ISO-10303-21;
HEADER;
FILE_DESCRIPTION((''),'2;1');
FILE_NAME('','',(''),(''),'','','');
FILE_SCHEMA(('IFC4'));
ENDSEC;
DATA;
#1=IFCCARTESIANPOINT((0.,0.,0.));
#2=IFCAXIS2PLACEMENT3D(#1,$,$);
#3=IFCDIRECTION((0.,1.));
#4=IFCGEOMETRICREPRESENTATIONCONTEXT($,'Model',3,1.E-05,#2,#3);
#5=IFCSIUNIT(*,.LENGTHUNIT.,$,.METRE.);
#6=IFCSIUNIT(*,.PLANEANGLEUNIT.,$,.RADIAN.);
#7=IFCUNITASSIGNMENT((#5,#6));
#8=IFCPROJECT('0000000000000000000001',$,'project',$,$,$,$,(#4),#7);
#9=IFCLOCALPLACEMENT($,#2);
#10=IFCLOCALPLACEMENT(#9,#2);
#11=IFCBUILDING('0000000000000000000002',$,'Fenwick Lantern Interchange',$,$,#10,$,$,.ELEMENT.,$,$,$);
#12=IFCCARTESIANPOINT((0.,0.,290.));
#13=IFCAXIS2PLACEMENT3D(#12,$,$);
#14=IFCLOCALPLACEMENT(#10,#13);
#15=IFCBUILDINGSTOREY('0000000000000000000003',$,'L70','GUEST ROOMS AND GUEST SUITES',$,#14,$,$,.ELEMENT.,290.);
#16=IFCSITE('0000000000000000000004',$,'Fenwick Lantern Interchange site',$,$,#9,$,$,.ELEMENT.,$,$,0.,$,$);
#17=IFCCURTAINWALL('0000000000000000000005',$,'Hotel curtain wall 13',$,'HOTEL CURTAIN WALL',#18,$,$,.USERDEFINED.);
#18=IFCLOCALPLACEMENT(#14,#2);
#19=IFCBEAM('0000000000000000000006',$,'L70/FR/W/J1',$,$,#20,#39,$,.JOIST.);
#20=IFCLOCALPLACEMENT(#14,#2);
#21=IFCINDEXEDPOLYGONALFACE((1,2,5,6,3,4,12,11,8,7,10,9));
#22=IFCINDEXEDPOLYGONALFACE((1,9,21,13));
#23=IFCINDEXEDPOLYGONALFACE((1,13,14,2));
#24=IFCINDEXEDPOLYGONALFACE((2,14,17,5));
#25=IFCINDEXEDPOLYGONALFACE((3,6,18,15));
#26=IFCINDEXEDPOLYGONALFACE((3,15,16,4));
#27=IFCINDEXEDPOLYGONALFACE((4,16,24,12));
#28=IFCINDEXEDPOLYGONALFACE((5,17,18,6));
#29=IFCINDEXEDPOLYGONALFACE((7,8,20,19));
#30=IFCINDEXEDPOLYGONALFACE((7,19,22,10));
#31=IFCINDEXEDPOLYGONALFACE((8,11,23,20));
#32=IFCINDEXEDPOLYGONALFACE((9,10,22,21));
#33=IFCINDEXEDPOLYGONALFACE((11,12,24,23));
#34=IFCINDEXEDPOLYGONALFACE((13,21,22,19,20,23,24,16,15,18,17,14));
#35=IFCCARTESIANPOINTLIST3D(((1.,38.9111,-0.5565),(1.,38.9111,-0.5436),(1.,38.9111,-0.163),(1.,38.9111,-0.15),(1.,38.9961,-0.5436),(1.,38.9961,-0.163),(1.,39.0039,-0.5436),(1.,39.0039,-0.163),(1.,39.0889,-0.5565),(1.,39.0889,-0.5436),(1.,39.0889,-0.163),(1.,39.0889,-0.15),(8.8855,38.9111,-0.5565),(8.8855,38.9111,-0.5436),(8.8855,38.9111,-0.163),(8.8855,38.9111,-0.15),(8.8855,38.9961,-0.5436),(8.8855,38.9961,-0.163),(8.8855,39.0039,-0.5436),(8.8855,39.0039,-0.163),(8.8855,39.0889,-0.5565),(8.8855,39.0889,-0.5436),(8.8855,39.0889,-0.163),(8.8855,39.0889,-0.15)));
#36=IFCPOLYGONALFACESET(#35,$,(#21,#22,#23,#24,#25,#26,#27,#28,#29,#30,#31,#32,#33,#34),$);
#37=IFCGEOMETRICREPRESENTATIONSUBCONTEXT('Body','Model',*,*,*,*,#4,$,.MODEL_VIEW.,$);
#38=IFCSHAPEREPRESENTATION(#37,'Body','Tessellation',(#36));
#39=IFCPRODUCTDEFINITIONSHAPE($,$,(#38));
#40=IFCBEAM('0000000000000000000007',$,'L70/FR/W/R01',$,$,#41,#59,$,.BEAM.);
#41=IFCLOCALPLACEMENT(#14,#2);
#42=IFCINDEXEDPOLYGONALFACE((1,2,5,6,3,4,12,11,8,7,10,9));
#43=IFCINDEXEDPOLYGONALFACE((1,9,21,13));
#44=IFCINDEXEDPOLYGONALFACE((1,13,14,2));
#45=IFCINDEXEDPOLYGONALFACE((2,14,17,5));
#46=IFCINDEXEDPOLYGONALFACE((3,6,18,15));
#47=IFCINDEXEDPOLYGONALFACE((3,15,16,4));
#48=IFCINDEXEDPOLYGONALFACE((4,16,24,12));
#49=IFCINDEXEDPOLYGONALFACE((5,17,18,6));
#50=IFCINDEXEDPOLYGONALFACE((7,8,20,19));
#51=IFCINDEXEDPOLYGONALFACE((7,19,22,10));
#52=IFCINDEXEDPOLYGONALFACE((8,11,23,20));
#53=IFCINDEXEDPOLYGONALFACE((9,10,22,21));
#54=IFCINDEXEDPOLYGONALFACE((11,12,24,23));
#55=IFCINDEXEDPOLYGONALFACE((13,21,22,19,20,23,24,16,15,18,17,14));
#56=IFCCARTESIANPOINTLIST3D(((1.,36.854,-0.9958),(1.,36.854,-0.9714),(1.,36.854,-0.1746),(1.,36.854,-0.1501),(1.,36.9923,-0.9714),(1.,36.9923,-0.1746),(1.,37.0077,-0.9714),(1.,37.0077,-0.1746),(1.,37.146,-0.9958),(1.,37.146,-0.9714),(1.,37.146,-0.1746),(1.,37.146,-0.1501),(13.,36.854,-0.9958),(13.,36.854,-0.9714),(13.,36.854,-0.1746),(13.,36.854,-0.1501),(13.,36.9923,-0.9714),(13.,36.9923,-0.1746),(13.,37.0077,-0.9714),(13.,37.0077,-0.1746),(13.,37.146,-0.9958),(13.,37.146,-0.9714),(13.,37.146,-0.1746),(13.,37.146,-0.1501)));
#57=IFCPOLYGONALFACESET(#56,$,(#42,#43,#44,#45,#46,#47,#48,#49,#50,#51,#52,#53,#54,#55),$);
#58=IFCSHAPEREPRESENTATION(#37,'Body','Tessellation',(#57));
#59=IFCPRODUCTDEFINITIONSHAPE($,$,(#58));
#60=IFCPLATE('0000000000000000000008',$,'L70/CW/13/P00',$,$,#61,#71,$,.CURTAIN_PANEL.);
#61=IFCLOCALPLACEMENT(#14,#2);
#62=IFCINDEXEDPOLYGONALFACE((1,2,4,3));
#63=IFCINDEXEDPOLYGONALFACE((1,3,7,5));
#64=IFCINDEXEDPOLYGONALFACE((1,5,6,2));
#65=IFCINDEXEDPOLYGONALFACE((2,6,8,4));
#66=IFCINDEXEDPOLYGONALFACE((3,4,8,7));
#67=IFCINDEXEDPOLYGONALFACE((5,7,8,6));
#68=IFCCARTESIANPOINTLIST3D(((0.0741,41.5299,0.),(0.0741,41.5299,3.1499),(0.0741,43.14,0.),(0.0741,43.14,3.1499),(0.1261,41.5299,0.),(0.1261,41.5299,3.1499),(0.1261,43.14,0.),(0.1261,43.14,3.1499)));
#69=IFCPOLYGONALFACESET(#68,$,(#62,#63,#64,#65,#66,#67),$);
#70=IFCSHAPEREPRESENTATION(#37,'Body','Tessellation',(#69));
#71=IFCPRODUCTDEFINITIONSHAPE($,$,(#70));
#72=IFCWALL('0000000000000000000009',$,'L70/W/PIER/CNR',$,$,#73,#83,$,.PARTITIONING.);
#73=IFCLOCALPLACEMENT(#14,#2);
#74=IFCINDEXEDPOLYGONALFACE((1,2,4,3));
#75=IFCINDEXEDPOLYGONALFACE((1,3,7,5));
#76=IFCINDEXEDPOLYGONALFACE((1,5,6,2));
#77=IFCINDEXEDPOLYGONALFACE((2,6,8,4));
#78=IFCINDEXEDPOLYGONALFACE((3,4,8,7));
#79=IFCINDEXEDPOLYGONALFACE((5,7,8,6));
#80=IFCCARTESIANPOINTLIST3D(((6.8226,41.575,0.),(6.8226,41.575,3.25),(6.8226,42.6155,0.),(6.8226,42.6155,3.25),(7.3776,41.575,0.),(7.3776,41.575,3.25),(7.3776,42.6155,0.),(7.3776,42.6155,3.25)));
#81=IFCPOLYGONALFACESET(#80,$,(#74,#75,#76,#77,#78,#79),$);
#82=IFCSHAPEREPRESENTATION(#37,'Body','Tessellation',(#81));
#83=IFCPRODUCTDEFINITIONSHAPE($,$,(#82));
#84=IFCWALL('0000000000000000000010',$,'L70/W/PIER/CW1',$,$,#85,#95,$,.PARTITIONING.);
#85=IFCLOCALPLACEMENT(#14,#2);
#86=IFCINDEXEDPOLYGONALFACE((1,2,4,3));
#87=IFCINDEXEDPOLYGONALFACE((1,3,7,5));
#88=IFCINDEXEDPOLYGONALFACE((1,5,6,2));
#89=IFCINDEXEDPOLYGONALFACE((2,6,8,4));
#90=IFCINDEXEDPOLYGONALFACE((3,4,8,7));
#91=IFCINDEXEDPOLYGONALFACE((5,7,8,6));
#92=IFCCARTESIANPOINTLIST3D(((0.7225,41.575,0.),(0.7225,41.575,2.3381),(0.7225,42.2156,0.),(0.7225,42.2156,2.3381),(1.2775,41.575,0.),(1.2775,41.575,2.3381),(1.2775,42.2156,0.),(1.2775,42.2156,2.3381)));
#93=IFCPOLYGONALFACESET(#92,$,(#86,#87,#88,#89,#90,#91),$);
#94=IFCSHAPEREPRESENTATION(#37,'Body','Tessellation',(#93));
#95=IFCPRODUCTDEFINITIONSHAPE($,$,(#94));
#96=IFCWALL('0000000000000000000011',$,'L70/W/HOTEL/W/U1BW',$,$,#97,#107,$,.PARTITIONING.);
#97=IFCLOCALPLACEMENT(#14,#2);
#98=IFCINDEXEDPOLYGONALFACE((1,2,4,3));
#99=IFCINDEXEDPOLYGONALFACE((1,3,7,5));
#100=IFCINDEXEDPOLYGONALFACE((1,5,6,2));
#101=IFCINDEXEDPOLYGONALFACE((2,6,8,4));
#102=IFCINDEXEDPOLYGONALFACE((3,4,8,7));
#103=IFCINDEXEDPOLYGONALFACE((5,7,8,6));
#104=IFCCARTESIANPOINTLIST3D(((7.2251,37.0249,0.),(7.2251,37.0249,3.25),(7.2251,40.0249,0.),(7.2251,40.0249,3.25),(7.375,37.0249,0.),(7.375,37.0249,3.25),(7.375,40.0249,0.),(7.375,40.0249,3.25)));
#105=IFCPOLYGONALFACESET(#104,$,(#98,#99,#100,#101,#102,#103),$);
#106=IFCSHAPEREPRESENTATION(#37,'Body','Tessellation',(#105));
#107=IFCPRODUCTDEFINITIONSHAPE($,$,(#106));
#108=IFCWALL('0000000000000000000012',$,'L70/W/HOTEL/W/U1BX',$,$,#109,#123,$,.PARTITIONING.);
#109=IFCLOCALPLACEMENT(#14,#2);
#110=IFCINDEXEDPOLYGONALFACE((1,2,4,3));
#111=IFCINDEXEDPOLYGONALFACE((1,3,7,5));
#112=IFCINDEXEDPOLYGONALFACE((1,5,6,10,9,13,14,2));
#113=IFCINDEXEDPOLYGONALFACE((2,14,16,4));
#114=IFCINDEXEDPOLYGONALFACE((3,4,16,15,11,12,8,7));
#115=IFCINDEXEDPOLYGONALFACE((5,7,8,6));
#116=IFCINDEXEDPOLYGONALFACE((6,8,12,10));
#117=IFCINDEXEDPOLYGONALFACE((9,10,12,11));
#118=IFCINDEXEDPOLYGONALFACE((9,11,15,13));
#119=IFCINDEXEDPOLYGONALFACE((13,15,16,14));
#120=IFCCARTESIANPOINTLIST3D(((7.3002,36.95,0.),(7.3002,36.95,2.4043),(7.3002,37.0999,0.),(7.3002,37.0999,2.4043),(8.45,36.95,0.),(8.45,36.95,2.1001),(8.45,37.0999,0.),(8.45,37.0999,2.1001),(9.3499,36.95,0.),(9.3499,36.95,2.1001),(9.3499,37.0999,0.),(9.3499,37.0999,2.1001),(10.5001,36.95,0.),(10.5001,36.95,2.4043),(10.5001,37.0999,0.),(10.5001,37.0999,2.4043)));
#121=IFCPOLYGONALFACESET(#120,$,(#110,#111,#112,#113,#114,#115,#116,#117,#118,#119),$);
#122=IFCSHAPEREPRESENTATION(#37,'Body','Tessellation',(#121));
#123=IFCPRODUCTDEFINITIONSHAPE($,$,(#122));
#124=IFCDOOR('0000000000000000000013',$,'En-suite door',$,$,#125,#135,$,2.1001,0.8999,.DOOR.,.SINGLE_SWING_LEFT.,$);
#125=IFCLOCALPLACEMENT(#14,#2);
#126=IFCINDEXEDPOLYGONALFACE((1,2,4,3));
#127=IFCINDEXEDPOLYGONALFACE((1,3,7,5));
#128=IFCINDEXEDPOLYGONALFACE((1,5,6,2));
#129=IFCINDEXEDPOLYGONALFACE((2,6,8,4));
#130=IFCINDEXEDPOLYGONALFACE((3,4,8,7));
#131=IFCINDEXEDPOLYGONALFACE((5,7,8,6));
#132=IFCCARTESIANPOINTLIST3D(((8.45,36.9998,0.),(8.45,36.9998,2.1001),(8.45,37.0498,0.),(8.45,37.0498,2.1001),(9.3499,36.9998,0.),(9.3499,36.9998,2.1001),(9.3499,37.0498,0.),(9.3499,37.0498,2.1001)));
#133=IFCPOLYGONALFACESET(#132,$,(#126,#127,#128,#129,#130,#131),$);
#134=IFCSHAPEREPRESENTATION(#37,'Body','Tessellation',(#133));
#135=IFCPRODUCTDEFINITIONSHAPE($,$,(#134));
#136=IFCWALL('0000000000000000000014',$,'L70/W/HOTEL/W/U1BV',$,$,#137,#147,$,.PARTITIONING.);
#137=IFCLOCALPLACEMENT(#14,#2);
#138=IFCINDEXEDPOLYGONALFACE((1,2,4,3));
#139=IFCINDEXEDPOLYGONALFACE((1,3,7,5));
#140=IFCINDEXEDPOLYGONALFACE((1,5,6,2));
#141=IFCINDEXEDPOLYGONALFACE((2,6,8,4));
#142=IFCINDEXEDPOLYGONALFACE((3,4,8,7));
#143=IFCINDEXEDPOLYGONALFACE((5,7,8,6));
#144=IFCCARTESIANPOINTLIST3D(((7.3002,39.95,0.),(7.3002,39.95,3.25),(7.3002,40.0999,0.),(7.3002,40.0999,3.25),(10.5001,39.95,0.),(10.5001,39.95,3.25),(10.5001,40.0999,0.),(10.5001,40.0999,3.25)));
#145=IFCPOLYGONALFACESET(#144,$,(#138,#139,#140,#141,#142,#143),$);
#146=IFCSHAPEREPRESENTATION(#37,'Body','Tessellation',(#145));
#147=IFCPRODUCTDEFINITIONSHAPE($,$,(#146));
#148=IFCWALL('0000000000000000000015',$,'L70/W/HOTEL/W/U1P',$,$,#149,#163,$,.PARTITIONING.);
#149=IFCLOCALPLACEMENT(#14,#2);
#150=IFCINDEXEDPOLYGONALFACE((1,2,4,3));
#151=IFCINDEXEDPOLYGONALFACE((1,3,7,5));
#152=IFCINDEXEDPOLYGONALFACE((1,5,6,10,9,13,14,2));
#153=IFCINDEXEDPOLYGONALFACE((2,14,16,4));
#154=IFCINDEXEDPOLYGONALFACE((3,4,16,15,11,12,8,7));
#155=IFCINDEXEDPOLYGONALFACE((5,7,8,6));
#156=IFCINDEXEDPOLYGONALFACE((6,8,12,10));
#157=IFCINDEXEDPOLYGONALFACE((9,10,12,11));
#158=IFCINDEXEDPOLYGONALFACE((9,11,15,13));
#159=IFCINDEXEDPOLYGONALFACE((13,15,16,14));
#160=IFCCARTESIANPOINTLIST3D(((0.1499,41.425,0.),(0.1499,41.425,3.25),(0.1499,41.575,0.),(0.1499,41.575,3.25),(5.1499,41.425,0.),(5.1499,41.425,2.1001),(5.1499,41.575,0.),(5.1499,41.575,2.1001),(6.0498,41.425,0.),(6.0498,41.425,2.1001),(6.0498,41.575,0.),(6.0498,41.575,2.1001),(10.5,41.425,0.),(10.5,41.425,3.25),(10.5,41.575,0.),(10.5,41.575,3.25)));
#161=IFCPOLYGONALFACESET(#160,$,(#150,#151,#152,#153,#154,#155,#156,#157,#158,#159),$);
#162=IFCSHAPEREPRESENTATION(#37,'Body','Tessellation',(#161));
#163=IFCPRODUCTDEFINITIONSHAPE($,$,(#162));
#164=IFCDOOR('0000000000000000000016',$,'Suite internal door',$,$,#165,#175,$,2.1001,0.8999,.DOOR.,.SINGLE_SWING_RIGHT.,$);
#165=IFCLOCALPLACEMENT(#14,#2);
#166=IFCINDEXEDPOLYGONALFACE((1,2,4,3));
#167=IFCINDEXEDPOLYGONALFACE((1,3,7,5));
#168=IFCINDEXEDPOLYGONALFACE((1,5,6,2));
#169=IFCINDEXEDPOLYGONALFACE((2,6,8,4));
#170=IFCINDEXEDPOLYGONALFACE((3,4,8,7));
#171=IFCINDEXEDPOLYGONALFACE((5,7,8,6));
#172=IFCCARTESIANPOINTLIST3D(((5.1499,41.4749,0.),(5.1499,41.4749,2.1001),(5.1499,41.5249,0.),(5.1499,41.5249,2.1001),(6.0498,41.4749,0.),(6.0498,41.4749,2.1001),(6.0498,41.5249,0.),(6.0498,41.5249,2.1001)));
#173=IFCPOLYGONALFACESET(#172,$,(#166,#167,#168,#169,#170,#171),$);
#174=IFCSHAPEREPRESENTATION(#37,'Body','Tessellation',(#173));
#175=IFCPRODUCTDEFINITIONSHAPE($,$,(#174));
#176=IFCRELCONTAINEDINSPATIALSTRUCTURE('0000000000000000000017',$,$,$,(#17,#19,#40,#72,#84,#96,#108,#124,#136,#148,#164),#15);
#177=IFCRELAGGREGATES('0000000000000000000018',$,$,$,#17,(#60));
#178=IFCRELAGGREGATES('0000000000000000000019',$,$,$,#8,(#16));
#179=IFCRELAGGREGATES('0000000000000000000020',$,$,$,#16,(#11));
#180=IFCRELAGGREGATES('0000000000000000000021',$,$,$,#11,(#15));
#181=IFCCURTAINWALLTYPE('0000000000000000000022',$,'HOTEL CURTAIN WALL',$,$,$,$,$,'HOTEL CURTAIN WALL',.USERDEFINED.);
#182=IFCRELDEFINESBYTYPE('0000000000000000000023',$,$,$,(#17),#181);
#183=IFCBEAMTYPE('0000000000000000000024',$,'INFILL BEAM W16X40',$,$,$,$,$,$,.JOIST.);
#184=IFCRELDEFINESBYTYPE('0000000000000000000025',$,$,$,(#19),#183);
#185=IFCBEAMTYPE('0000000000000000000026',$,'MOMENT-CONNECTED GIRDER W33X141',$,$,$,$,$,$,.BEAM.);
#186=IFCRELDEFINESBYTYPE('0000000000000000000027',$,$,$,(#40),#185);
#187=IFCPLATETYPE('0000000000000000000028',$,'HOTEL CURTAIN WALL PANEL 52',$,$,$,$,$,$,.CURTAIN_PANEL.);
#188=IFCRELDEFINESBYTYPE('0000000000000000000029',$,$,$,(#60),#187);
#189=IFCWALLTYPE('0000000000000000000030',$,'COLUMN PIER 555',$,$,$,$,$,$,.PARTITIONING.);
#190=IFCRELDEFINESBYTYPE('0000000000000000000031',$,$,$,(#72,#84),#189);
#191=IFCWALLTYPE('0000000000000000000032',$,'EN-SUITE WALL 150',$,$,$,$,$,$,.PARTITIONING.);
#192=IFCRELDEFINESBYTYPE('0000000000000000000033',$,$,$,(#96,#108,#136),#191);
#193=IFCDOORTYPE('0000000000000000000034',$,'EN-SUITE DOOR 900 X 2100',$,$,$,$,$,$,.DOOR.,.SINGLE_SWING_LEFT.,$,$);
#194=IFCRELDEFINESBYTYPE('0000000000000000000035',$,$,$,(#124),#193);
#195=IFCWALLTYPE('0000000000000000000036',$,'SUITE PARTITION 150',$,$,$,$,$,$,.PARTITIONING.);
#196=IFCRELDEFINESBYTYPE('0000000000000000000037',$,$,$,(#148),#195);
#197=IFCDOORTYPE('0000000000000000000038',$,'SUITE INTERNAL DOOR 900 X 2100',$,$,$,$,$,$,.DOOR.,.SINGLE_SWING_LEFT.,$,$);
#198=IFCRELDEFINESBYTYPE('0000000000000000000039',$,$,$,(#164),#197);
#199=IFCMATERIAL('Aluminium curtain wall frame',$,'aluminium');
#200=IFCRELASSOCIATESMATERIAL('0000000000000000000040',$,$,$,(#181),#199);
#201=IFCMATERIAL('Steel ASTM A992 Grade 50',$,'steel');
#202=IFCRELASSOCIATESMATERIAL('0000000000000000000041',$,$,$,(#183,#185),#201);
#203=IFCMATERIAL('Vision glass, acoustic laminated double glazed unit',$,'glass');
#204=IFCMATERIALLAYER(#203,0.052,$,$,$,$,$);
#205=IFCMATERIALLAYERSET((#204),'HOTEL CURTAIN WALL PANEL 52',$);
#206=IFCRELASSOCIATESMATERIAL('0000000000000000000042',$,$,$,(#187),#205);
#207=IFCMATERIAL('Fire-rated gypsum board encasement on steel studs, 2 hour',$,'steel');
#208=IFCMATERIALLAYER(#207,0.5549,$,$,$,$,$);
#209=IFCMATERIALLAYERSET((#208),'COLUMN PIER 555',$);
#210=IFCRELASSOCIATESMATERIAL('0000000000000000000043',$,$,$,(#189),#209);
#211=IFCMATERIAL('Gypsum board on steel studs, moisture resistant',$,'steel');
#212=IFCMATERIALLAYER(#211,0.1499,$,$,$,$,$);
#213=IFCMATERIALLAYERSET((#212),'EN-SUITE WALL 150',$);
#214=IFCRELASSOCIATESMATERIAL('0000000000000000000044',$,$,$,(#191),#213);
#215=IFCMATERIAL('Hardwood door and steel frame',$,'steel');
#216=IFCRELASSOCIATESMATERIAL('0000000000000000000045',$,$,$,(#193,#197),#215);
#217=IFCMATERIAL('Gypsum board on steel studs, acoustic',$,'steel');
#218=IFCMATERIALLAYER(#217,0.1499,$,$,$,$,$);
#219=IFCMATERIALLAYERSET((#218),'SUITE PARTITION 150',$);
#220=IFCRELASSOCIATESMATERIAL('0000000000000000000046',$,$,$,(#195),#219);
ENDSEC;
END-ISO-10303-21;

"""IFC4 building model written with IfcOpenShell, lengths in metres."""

from ifc_helpers import new_model, si_unit, direction, frame, frame_2d, origin, origin_2d, place, context, subcontext, project, spatial, rectangle, i_section, extrude, material, layer, layer_set, material_profile, profile_set, type_object, element, fill, aggregate, save


model = new_model("IFC4")

# Units and contexts
model_context = context("Model", 3, precision=1e-05, world=origin(), true_north=direction((0.0, 1.0)))
body_context = subcontext(model_context, "Body", "Model", "MODEL_VIEW")
ifc_project = project(units=[si_unit("LENGTHUNIT", "METRE"), si_unit("PLANEANGLEUNIT", "RADIAN")], contexts=[model_context])

# Site, building, storey
site_placement = place(None, origin())
site = spatial("IfcSite", under=ifc_project, at=site_placement, Name="Fenwick Lantern Interchange site", CompositionType="ELEMENT", RefElevation=0.0)
building_placement = place(site_placement, origin())
building = spatial("IfcBuilding", under=site, at=building_placement, Name="Fenwick Lantern Interchange", CompositionType="ELEMENT")
storey_placement = place(building_placement, frame((0.0, 0.0, 290.0)))
storey = spatial("IfcBuildingStorey", under=building, at=storey_placement, Name="L70", Description="GUEST ROOMS AND GUEST SUITES", CompositionType="ELEMENT", Elevation=290.0)

# Shared definitions
ifc_material_1 = material(Name="Steel ASTM A992 Grade 50", Category="steel")

# Curtain wall
ifc_material_2 = material(Name="Aluminium curtain wall frame", Category="aluminium")
curtain_wall_type = type_object("IfcCurtainWallType", Name="HOTEL CURTAIN WALL", ElementType="HOTEL CURTAIN WALL", PredefinedType="USERDEFINED", material=ifc_material_2)
curtain_wall_placement = place(storey_placement, origin())
curtain_wall = element("IfcCurtainWall", 1, at=curtain_wall_placement, inside=storey, type_object=curtain_wall_type, Name="Hotel curtain wall 13", ObjectType="HOTEL CURTAIN WALL", PredefinedType="USERDEFINED")

# Beams
ifc_material_profile_1 = material_profile(ifc_material_1, i_section(OverallWidth=0.1777, OverallDepth=0.4065, WebThickness=0.0078, FlangeThickness=0.0129, at=origin_2d()), Name="W16X40")
ifc_profile_set_1 = profile_set([ifc_material_profile_1], Name="Steel ASTM A992 Grade 50")
beam_type_1 = type_object("IfcBeamType", Name="INFILL BEAM W16X40", PredefinedType="JOIST", material=ifc_profile_set_1)
beam_1_placement = place(storey_placement, frame((1.0, 39.0, -0.3533), z_axis=(1.0, 0.0, 0.0), x_axis=(0.0, 1.0, 0.0)))
element("IfcBeam", 2, at=beam_1_placement, inside=storey, type_object=beam_type_1, Name="L70/FR/W/J1", PredefinedType="JOIST", context=body_context, shape_type="SweptSolid", body=[
    extrude(i_section(OverallWidth=0.1777, OverallDepth=0.4065, WebThickness=0.0078, FlangeThickness=0.0129, at=origin_2d()), origin(), (0.0, 0.0, 1.0), 7.8855),
])
ifc_material_profile_2 = material_profile(ifc_material_1, i_section(OverallWidth=0.292, OverallDepth=0.8457, WebThickness=0.0154, FlangeThickness=0.0244, at=origin_2d()), Name="W33X141")
ifc_profile_set_2 = profile_set([ifc_material_profile_2], Name="Steel ASTM A992 Grade 50")
beam_type_2 = type_object("IfcBeamType", Name="MOMENT-CONNECTED GIRDER W33X141", PredefinedType="BEAM", material=ifc_profile_set_2)
beam_2_placement = place(storey_placement, frame((1.0, 37.0, -0.573), z_axis=(1.0, 0.0, 0.0), x_axis=(0.0, 1.0, 0.0)))
element("IfcBeam", 3, at=beam_2_placement, inside=storey, type_object=beam_type_2, Name="L70/FR/W/R01", PredefinedType="BEAM", context=body_context, shape_type="SweptSolid", body=[
    extrude(i_section(OverallWidth=0.292, OverallDepth=0.8457, WebThickness=0.0154, FlangeThickness=0.0244, at=origin_2d()), origin(), (0.0, 0.0, 1.0), 12.0),
])

# Plate
ifc_material_3 = material(Name="Vision glass, acoustic laminated double glazed unit", Category="glass")
ifc_layer_1 = layer(ifc_material_3, 0.052)
ifc_layer_set_1 = layer_set([ifc_layer_1], Name="HOTEL CURTAIN WALL PANEL 52")
plate_type = type_object("IfcPlateType", Name="HOTEL CURTAIN WALL PANEL 52", PredefinedType="CURTAIN_PANEL", material=ifc_layer_set_1)
plate_placement = place(storey_placement, frame((0.1001, 42.335, 0.0), z_axis=(0.0, 0.0, 1.0), x_axis=(0.0, -1.0, 0.0)))
plate = element("IfcPlate", 4, at=plate_placement, type_object=plate_type, Name="L70/CW/13/P00", PredefinedType="CURTAIN_PANEL", context=body_context, shape_type="SweptSolid", body=[
    extrude(rectangle(XDim=1.6101, YDim=0.052, at=origin_2d()), origin(), (0.0, 0.0, 1.0), 3.1499),
])
aggregate(curtain_wall, [plate])

# Walls
ifc_material_4 = material(Name="Fire-rated gypsum board encasement on steel studs, 2 hour", Category="steel")
ifc_layer_2 = layer(ifc_material_4, 0.5549)
ifc_layer_set_2 = layer_set([ifc_layer_2], Name="COLUMN PIER 555")
wall_type_1 = type_object("IfcWallType", Name="COLUMN PIER 555", PredefinedType="PARTITIONING", material=ifc_layer_set_2)
wall_1_placement = place(storey_placement, frame((7.1001, 41.575, 0.0), z_axis=(0.0, 0.0, 1.0), x_axis=(0.0, 1.0, 0.0)))
element("IfcWall", 5, at=wall_1_placement, inside=storey, type_object=wall_type_1, Name="L70/W/PIER/CNR", PredefinedType="PARTITIONING", context=body_context, shape_type="SweptSolid", body=[
    extrude(rectangle(XDim=1.0405, YDim=0.5549, at=frame_2d((0.5203, 0.0))), origin(), (0.0, 0.0, 1.0), 3.25),
])
wall_2_placement = place(storey_placement, frame((1.0, 41.575, 0.0), z_axis=(0.0, 0.0, 1.0), x_axis=(0.0, 1.0, 0.0)))
element("IfcWall", 6, at=wall_2_placement, inside=storey, type_object=wall_type_1, Name="L70/W/PIER/CW1", PredefinedType="PARTITIONING", context=body_context, shape_type="SweptSolid", body=[
    extrude(rectangle(XDim=0.6406, YDim=0.5549, at=frame_2d((0.3203, 0.0))), origin(), (0.0, 0.0, 1.0), 2.3381),
])
ifc_material_5 = material(Name="Gypsum board on steel studs, moisture resistant", Category="steel")
ifc_layer_3 = layer(ifc_material_5, 0.1499)
ifc_layer_set_3 = layer_set([ifc_layer_3], Name="EN-SUITE WALL 150")
wall_type_2 = type_object("IfcWallType", Name="EN-SUITE WALL 150", PredefinedType="PARTITIONING", material=ifc_layer_set_3)
wall_3_placement = place(storey_placement, frame((7.3, 40.0249, 0.0), z_axis=(0.0, 0.0, 1.0), x_axis=(0.0, -1.0, 0.0)))
element("IfcWall", 7, at=wall_3_placement, inside=storey, type_object=wall_type_2, Name="L70/W/HOTEL/W/U1BW", PredefinedType="PARTITIONING", context=body_context, shape_type="SweptSolid", body=[
    extrude(rectangle(XDim=3.0, YDim=0.1499, at=frame_2d((1.5, 0.0))), origin(), (0.0, 0.0, 1.0), 3.25),
])

# Wall, opening, door
wall_4_placement = place(storey_placement, frame((7.3, 37.0249, 0.0), z_axis=(0.0, 0.0, 1.0), x_axis=(1.0, 0.0, 0.0)))
wall_4 = element("IfcWall", 8, at=wall_4_placement, inside=storey, type_object=wall_type_2, Name="L70/W/HOTEL/W/U1BX", PredefinedType="PARTITIONING", context=body_context, shape_type="SweptSolid", body=[
    extrude(rectangle(XDim=3.2, YDim=0.1499, at=frame_2d((1.6001, 0.0))), origin(), (0.0, 0.0, 1.0), 2.4043),
])
opening_1_placement = place(wall_4_placement, frame((1.1499, 0.0, 0.0)))
opening_1 = element("IfcOpeningElement", 9, at=opening_1_placement, cuts=wall_4, PredefinedType="OPENING", context=body_context, shape_type="SweptSolid", body=[
    extrude(rectangle(XDim=0.8999, YDim=2.1001, at=frame_2d((0.45, 1.05))), frame((0.0, 0.085, 0.0), z_axis=(0.0, -1.0, 0.0), x_axis=(1.0, 0.0, 0.0)), (0.0, 0.0, 1.0), 0.1699),
])
ifc_material_6 = material(Name="Hardwood door and steel frame", Category="steel")
door_type_1 = type_object("IfcDoorType", Name="EN-SUITE DOOR 900 X 2100", OperationType="SINGLE_SWING_LEFT", PredefinedType="DOOR", material=ifc_material_6)
door_1_placement = place(opening_1_placement, origin())
door_1 = element("IfcDoor", 10, at=door_1_placement, inside=storey, type_object=door_type_1, Name="En-suite door", OperationType="SINGLE_SWING_LEFT", OverallHeight=2.1001, OverallWidth=0.8999, PredefinedType="DOOR", context=body_context, shape_type="SweptSolid", body=[
    extrude(rectangle(XDim=0.8999, YDim=2.1001, at=frame_2d((0.45, 1.05))), frame((0.0, 0.0249, 0.0), z_axis=(0.0, -1.0, 0.0), x_axis=(1.0, 0.0, 0.0)), (0.0, 0.0, 1.0), 0.05),
])
fill(opening_1, door_1)

# Wall
wall_5_placement = place(storey_placement, frame((7.3, 40.0249, 0.0), z_axis=(0.0, 0.0, 1.0), x_axis=(1.0, 0.0, 0.0)))
element("IfcWall", 11, at=wall_5_placement, inside=storey, type_object=wall_type_2, Name="L70/W/HOTEL/W/U1BV", PredefinedType="PARTITIONING", context=body_context, shape_type="SweptSolid", body=[
    extrude(rectangle(XDim=3.2, YDim=0.1499, at=frame_2d((1.6001, 0.0))), origin(), (0.0, 0.0, 1.0), 3.25),
])

# Wall, opening, door
ifc_material_7 = material(Name="Gypsum board on steel studs, acoustic", Category="steel")
ifc_layer_4 = layer(ifc_material_7, 0.1499)
ifc_layer_set_4 = layer_set([ifc_layer_4], Name="SUITE PARTITION 150")
wall_type_3 = type_object("IfcWallType", Name="SUITE PARTITION 150", PredefinedType="PARTITIONING", material=ifc_layer_set_4)
wall_6_placement = place(storey_placement, frame((0.1499, 41.5, 0.0), z_axis=(0.0, 0.0, 1.0), x_axis=(1.0, 0.0, 0.0)))
wall_6 = element("IfcWall", 12, at=wall_6_placement, inside=storey, type_object=wall_type_3, Name="L70/W/HOTEL/W/U1P", PredefinedType="PARTITIONING", context=body_context, shape_type="SweptSolid", body=[
    extrude(rectangle(XDim=10.3501, YDim=0.1499, at=frame_2d((5.175, 0.0))), origin(), (0.0, 0.0, 1.0), 3.25),
])
opening_2_placement = place(wall_6_placement, frame((5.0, 0.0, 0.0)))
opening_2 = element("IfcOpeningElement", 13, at=opening_2_placement, cuts=wall_6, PredefinedType="OPENING", context=body_context, shape_type="SweptSolid", body=[
    extrude(rectangle(XDim=0.8999, YDim=2.1001, at=frame_2d((0.45, 1.05))), frame((0.0, 0.085, 0.0), z_axis=(0.0, -1.0, 0.0), x_axis=(1.0, 0.0, 0.0)), (0.0, 0.0, 1.0), 0.1699),
])
door_type_2 = type_object("IfcDoorType", Name="SUITE INTERNAL DOOR 900 X 2100", OperationType="SINGLE_SWING_LEFT", PredefinedType="DOOR", material=ifc_material_6)
door_2_placement = place(opening_2_placement, origin())
door_2 = element("IfcDoor", 14, at=door_2_placement, inside=storey, type_object=door_type_2, Name="Suite internal door", OperationType="SINGLE_SWING_RIGHT", OverallHeight=2.1001, OverallWidth=0.8999, PredefinedType="DOOR", context=body_context, shape_type="SweptSolid", body=[
    extrude(rectangle(XDim=0.8999, YDim=2.1001, at=frame_2d((0.45, 1.05))), frame((0.0, 0.0249, 0.0), z_axis=(0.0, -1.0, 0.0), x_axis=(1.0, 0.0, 0.0)), (0.0, 0.0, 1.0), 0.05),
])
fill(opening_2, door_2)

save(model, "model.ifc")
